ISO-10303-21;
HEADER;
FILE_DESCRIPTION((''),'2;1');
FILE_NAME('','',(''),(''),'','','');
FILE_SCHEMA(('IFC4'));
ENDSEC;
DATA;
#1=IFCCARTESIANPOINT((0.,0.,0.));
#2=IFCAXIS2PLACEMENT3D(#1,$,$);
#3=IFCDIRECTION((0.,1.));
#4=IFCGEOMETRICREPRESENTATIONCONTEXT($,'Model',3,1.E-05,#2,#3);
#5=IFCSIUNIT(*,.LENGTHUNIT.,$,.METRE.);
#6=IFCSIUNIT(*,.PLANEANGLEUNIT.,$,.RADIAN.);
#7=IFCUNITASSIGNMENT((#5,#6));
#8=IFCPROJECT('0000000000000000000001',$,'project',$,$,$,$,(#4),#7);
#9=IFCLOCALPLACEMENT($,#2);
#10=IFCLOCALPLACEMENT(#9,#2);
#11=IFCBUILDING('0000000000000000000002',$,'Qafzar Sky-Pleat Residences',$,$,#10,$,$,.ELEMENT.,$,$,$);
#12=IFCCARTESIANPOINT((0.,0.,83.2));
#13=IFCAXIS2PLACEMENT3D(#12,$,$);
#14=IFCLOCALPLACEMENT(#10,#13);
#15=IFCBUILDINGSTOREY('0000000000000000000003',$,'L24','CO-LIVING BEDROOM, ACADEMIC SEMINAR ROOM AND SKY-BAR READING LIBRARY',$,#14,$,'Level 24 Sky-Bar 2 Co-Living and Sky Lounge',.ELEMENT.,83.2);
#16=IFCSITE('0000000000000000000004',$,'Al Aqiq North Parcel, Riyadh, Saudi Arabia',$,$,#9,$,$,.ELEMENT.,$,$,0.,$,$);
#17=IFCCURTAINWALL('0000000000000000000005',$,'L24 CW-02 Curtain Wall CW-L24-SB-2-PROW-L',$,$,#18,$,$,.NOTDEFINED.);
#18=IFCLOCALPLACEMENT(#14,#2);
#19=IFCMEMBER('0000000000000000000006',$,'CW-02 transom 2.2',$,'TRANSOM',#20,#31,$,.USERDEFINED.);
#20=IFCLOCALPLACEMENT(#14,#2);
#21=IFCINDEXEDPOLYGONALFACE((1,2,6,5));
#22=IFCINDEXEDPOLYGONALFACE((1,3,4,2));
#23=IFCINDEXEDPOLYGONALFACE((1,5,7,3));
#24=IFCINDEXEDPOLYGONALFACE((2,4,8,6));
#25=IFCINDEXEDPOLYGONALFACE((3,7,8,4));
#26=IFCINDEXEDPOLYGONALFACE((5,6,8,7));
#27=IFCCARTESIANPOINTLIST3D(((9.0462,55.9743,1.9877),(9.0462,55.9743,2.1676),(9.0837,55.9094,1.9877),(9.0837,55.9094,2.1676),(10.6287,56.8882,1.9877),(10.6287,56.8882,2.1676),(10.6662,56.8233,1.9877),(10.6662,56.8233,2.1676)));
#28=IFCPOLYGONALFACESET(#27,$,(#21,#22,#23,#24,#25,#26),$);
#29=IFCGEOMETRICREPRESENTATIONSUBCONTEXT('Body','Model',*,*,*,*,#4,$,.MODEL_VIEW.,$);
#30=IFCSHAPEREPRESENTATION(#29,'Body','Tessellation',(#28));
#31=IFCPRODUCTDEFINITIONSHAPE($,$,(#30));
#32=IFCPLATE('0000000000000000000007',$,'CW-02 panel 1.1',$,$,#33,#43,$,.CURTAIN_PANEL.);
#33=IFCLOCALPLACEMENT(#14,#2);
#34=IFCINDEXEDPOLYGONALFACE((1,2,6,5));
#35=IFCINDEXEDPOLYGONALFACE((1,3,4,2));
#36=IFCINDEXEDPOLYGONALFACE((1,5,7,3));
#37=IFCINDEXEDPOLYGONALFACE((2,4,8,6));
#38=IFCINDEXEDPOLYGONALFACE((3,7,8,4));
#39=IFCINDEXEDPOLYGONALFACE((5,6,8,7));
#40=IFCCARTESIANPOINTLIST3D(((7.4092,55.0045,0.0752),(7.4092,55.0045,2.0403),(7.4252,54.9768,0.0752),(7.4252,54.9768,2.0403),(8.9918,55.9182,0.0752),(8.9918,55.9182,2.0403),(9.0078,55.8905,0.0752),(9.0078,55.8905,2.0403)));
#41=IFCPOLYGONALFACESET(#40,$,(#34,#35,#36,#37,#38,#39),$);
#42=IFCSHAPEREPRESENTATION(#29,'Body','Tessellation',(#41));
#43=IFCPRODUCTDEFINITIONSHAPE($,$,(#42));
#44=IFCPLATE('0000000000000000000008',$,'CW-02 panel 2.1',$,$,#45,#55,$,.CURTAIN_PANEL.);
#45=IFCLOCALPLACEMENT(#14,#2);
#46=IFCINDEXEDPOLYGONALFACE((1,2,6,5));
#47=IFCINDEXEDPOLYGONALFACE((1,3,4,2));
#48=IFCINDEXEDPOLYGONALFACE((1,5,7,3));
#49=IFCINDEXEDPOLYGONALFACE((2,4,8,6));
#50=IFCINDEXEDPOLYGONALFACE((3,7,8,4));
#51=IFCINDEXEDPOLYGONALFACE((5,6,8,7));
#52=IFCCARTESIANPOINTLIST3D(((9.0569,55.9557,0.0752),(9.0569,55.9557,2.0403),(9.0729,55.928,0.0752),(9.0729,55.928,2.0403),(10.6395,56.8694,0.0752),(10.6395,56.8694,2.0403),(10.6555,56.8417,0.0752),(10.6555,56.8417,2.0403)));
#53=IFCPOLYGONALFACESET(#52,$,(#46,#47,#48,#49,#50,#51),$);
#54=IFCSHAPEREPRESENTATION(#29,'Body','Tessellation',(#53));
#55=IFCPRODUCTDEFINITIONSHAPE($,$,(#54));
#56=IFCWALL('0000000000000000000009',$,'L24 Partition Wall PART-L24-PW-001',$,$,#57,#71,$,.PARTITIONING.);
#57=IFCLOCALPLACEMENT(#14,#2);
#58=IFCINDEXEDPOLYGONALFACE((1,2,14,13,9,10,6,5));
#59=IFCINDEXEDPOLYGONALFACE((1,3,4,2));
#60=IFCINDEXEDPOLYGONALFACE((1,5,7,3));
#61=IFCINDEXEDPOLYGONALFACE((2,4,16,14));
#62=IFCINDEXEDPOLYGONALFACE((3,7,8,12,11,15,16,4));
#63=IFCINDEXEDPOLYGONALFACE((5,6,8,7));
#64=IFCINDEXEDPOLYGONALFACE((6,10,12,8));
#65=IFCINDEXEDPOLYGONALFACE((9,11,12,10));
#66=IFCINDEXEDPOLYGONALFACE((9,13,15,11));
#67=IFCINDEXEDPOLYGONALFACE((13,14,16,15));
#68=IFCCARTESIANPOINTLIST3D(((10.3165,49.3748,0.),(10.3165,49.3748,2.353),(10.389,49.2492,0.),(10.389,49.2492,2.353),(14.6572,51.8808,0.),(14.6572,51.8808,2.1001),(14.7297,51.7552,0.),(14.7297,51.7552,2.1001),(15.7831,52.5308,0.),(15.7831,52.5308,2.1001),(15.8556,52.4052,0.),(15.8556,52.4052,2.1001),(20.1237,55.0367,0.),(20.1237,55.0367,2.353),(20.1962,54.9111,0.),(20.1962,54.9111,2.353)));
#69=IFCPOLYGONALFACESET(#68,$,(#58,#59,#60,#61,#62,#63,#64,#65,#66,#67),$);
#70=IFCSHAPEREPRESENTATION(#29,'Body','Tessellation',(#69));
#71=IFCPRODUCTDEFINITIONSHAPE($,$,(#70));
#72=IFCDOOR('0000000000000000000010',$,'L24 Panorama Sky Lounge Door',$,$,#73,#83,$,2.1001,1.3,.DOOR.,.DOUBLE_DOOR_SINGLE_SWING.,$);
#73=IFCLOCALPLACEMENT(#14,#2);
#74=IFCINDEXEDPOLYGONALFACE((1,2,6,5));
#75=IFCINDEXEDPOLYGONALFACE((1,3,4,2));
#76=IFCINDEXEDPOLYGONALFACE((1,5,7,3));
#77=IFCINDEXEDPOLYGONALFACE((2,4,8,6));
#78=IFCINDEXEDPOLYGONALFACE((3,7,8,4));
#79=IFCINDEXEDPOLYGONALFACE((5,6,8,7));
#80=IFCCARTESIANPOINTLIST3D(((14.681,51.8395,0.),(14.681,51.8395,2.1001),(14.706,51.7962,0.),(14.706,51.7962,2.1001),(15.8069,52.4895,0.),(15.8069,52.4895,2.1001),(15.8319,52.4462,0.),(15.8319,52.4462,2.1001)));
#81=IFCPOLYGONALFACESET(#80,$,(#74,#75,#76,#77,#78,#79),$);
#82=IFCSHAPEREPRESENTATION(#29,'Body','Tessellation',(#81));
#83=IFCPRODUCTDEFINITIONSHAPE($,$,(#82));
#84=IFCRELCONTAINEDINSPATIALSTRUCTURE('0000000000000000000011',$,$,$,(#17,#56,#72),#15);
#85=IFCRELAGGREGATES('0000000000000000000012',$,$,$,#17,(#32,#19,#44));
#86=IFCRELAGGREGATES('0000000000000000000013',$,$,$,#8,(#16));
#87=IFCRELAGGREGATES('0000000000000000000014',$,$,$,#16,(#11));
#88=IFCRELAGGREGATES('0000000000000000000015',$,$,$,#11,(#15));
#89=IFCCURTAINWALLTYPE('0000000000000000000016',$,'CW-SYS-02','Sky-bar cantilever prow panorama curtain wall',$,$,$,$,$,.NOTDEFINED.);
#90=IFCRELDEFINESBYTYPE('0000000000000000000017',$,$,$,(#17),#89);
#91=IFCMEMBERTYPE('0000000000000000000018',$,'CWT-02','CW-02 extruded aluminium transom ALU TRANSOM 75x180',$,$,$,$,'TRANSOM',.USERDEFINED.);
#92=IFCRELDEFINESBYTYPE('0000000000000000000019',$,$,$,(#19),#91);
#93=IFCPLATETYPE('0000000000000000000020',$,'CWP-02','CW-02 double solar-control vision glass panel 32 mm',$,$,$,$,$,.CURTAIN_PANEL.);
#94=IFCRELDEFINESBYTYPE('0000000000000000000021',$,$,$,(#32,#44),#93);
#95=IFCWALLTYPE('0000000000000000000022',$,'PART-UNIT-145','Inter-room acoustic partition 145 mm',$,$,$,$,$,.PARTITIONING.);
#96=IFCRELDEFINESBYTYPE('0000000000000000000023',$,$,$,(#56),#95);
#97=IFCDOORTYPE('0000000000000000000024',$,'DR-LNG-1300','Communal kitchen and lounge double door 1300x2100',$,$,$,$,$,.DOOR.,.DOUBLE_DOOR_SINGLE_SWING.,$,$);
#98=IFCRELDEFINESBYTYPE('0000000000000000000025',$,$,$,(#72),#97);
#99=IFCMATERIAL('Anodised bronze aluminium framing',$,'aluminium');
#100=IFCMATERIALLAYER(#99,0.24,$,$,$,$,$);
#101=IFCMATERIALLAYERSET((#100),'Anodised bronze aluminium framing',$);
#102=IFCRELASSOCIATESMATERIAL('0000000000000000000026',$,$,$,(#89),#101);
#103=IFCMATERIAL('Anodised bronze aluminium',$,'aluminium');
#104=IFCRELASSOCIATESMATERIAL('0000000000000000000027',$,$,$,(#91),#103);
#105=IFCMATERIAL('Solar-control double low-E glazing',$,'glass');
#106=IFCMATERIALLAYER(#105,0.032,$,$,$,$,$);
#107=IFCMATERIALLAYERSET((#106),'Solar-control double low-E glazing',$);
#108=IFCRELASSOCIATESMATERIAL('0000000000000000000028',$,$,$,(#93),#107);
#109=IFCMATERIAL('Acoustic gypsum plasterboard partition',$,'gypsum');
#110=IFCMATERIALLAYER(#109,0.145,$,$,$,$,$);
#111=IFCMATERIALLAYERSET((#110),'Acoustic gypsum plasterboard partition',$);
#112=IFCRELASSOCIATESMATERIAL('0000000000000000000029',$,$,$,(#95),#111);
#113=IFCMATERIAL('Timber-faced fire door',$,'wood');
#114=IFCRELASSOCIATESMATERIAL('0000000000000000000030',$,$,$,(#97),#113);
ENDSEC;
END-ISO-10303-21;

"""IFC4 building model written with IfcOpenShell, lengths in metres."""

from ifc_helpers import new_model, si_unit, direction, frame, frame_2d, origin, origin_2d, place, context, subcontext, project, spatial, rectangle, extrude, source, transform, mapped, material, layer, layer_set, material_profile, profile_set, type_object, element, fill, aggregate, save


model = new_model("IFC4")

# Units and contexts
model_context = context("Model", 3, precision=1e-05, world=origin(), true_north=direction((0.0, 1.0)))
body_context = subcontext(model_context, "Body", "Model", "MODEL_VIEW")
ifc_project = project(units=[si_unit("LENGTHUNIT", "METRE"), si_unit("PLANEANGLEUNIT", "RADIAN")], contexts=[model_context])

# Site, building, storey
site_placement = place(None, origin())
site = spatial("IfcSite", under=ifc_project, at=site_placement, Name="Al Aqiq North Parcel, Riyadh, Saudi Arabia", CompositionType="ELEMENT", RefElevation=0.0)
building_placement = place(site_placement, origin())
building = spatial("IfcBuilding", under=site, at=building_placement, Name="Qafzar Sky-Pleat Residences", CompositionType="ELEMENT")
storey_placement = place(building_placement, frame((0.0, 0.0, 83.2)))
storey = spatial("IfcBuildingStorey", under=building, at=storey_placement, Name="L24", Description="CO-LIVING BEDROOM, ACADEMIC SEMINAR ROOM AND SKY-BAR READING LIBRARY", LongName="Level 24 Sky-Bar 2 Co-Living and Sky Lounge", CompositionType="ELEMENT", Elevation=83.2)

# Curtain wall, member, plates
ifc_material_1 = material(Name="Anodised bronze aluminium framing", Category="aluminium")
ifc_layer_1 = layer(ifc_material_1, 0.24)
ifc_layer_set_1 = layer_set([ifc_layer_1], Name="Anodised bronze aluminium framing")
curtain_wall_type = type_object("IfcCurtainWallType", Name="CW-SYS-02", Description="Sky-bar cantilever prow panorama curtain wall", PredefinedType="NOTDEFINED", material=ifc_layer_set_1)
curtain_wall_placement = place(storey_placement, origin())
curtain_wall = element("IfcCurtainWall", 1, at=curtain_wall_placement, inside=storey, type_object=curtain_wall_type, Name="L24 CW-02 Curtain Wall CW-L24-SB-2-PROW-L", PredefinedType="NOTDEFINED")
ifc_material_2 = material(Name="Anodised bronze aluminium", Category="aluminium")
ifc_material_profile_1 = material_profile(ifc_material_2, rectangle(XDim=0.075, YDim=0.1799, at=origin_2d()), Name="ALU TRANSOM 75x180")
ifc_profile_set_1 = profile_set([ifc_material_profile_1], Name="Anodised bronze aluminium")
member_type_1 = type_object("IfcMemberType", Name="CWT-02", Description="CW-02 extruded aluminium transom ALU TRANSOM 75x180", ElementType="TRANSOM", PredefinedType="USERDEFINED", material=ifc_profile_set_1)
shared_shape_1 = source(origin(), body_context, "Body", "SweptSolid", [
    extrude(rectangle(XDim=0.075, YDim=0.1799, at=origin_2d()), origin(), (0.0, 0.0, 1.0), 1.8274),
])
member_1_placement = place(storey_placement, frame((9.0649, 55.9419, 2.0776), z_axis=(0.86599, 0.500062, 0.0), x_axis=(-0.500062, 0.86599, 0.0)))
member_1 = element("IfcMember", 2, at=member_1_placement, type_object=member_type_1, Name="CW-02 transom 2.2", ObjectType="TRANSOM", PredefinedType="USERDEFINED", context=body_context, shape_type="MappedRepresentation", body=[
    mapped(shared_shape_1, transform((0.0, 0.0, 0.0), x_axis=(1.0, 0.0, 0.0), y_axis=(0.0, 1.0, 0.0), z_axis=(0.0, 0.0, 1.0), scale=1.0)),
])
ifc_material_3 = material(Name="Solar-control double low-E glazing", Category="glass")
ifc_layer_2 = layer(ifc_material_3, 0.032)
ifc_layer_set_2 = layer_set([ifc_layer_2], Name="Solar-control double low-E glazing")
plate_type = type_object("IfcPlateType", Name="CWP-02", Description="CW-02 double solar-control vision glass panel 32 mm", PredefinedType="CURTAIN_PANEL", material=ifc_layer_set_2)
shared_shape_2 = source(origin(), body_context, "Body", "SweptSolid", [
    extrude(rectangle(XDim=1.8274, YDim=0.032, at=origin_2d()), origin(), (0.0, 0.0, 1.0), 1.9651),
])
plate_1_placement = place(storey_placement, frame((8.2085, 55.4475, 0.0752), z_axis=(0.0, 0.0, 1.0), x_axis=(0.866027, 0.499998, 0.0)))
plate_1 = element("IfcPlate", 3, at=plate_1_placement, type_object=plate_type, Name="CW-02 panel 1.1", PredefinedType="CURTAIN_PANEL", context=body_context, shape_type="MappedRepresentation", body=[
    mapped(shared_shape_2, transform((0.0, 0.0, 0.0), x_axis=(1.0, 0.0, 0.0), y_axis=(0.0, 1.0, 0.0), z_axis=(0.0, 0.0, 1.0), scale=1.0)),
])
plate_2_placement = place(storey_placement, frame((9.8562, 56.3987, 0.0752), z_axis=(0.0, 0.0, 1.0), x_axis=(0.866027, 0.499998, 0.0)))
plate_2 = element("IfcPlate", 4, at=plate_2_placement, type_object=plate_type, Name="CW-02 panel 2.1", PredefinedType="CURTAIN_PANEL", context=body_context, shape_type="MappedRepresentation", body=[
    mapped(shared_shape_2, transform((0.0, 0.0, 0.0), x_axis=(1.0, 0.0, 0.0), y_axis=(0.0, 1.0, 0.0), z_axis=(0.0, 0.0, 1.0), scale=1.0)),
])
aggregate(curtain_wall, [plate_1, member_1, plate_2])

# Wall, opening, door
ifc_material_4 = material(Name="Acoustic gypsum plasterboard partition", Category="gypsum")
ifc_layer_3 = layer(ifc_material_4, 0.145)
ifc_layer_set_3 = layer_set([ifc_layer_3], Name="Acoustic gypsum plasterboard partition")
wall_type_1 = type_object("IfcWallType", Name="PART-UNIT-145", Description="Inter-room acoustic partition 145 mm", PredefinedType="PARTITIONING", material=ifc_layer_set_3)
wall_1_placement = place(storey_placement, frame((10.3528, 49.312, 0.0), z_axis=(0.0, 0.0, 1.0), x_axis=(0.866036, 0.499981, 0.0)))
wall_1 = element("IfcWall", 5, at=wall_1_placement, inside=storey, type_object=wall_type_1, Name="L24 Partition Wall PART-L24-PW-001", PredefinedType="PARTITIONING", context=body_context, shape_type="SweptSolid", body=[
    extrude(rectangle(XDim=11.3242, YDim=0.145, at=frame_2d((5.6621, 0.0))), origin(), (0.0, 0.0, 1.0), 2.353),
])
opening_1_placement = place(wall_1_placement, frame((5.0122, 0.0, 0.0)))
opening_1 = element("IfcOpeningElement", 6, at=opening_1_placement, cuts=wall_1, PredefinedType="OPENING", context=body_context, shape_type="SweptSolid", body=[
    extrude(rectangle(XDim=1.3, YDim=2.1001, at=frame_2d((0.6499, 1.05))), frame((0.0, 0.0825, 0.0), z_axis=(0.0, -1.0, 0.0), x_axis=(1.0, 0.0, 0.0)), (0.0, 0.0, 1.0), 0.165),
])
ifc_material_5 = material(Name="Timber-faced fire door", Category="wood")
door_type_1 = type_object("IfcDoorType", Name="DR-LNG-1300", Description="Communal kitchen and lounge double door 1300x2100", OperationType="DOUBLE_DOOR_SINGLE_SWING", PredefinedType="DOOR", material=ifc_material_5)
shared_shape_3 = source(origin(), body_context, "Body", "SweptSolid", [
    extrude(rectangle(XDim=1.3, YDim=2.1001, at=frame_2d((0.6499, 1.05))), frame((0.0, 0.0249, 0.0), z_axis=(0.0, -1.0, 0.0), x_axis=(1.0, 0.0, 0.0)), (0.0, 0.0, 1.0), 0.05),
])
door_1_placement = place(opening_1_placement, origin())
door_1 = element("IfcDoor", 7, at=door_1_placement, inside=storey, type_object=door_type_1, Name="L24 Panorama Sky Lounge Door", OperationType="DOUBLE_DOOR_SINGLE_SWING", OverallHeight=2.1001, OverallWidth=1.3, PredefinedType="DOOR", context=body_context, shape_type="MappedRepresentation", body=[
    mapped(shared_shape_3, transform((0.0, 0.0, 0.0), x_axis=(1.0, 0.0, 0.0), y_axis=(0.0, 1.0, 0.0), z_axis=(0.0, 0.0, 1.0), scale=1.0)),
])
fill(opening_1, door_1)

save(model, "model.ifc")
